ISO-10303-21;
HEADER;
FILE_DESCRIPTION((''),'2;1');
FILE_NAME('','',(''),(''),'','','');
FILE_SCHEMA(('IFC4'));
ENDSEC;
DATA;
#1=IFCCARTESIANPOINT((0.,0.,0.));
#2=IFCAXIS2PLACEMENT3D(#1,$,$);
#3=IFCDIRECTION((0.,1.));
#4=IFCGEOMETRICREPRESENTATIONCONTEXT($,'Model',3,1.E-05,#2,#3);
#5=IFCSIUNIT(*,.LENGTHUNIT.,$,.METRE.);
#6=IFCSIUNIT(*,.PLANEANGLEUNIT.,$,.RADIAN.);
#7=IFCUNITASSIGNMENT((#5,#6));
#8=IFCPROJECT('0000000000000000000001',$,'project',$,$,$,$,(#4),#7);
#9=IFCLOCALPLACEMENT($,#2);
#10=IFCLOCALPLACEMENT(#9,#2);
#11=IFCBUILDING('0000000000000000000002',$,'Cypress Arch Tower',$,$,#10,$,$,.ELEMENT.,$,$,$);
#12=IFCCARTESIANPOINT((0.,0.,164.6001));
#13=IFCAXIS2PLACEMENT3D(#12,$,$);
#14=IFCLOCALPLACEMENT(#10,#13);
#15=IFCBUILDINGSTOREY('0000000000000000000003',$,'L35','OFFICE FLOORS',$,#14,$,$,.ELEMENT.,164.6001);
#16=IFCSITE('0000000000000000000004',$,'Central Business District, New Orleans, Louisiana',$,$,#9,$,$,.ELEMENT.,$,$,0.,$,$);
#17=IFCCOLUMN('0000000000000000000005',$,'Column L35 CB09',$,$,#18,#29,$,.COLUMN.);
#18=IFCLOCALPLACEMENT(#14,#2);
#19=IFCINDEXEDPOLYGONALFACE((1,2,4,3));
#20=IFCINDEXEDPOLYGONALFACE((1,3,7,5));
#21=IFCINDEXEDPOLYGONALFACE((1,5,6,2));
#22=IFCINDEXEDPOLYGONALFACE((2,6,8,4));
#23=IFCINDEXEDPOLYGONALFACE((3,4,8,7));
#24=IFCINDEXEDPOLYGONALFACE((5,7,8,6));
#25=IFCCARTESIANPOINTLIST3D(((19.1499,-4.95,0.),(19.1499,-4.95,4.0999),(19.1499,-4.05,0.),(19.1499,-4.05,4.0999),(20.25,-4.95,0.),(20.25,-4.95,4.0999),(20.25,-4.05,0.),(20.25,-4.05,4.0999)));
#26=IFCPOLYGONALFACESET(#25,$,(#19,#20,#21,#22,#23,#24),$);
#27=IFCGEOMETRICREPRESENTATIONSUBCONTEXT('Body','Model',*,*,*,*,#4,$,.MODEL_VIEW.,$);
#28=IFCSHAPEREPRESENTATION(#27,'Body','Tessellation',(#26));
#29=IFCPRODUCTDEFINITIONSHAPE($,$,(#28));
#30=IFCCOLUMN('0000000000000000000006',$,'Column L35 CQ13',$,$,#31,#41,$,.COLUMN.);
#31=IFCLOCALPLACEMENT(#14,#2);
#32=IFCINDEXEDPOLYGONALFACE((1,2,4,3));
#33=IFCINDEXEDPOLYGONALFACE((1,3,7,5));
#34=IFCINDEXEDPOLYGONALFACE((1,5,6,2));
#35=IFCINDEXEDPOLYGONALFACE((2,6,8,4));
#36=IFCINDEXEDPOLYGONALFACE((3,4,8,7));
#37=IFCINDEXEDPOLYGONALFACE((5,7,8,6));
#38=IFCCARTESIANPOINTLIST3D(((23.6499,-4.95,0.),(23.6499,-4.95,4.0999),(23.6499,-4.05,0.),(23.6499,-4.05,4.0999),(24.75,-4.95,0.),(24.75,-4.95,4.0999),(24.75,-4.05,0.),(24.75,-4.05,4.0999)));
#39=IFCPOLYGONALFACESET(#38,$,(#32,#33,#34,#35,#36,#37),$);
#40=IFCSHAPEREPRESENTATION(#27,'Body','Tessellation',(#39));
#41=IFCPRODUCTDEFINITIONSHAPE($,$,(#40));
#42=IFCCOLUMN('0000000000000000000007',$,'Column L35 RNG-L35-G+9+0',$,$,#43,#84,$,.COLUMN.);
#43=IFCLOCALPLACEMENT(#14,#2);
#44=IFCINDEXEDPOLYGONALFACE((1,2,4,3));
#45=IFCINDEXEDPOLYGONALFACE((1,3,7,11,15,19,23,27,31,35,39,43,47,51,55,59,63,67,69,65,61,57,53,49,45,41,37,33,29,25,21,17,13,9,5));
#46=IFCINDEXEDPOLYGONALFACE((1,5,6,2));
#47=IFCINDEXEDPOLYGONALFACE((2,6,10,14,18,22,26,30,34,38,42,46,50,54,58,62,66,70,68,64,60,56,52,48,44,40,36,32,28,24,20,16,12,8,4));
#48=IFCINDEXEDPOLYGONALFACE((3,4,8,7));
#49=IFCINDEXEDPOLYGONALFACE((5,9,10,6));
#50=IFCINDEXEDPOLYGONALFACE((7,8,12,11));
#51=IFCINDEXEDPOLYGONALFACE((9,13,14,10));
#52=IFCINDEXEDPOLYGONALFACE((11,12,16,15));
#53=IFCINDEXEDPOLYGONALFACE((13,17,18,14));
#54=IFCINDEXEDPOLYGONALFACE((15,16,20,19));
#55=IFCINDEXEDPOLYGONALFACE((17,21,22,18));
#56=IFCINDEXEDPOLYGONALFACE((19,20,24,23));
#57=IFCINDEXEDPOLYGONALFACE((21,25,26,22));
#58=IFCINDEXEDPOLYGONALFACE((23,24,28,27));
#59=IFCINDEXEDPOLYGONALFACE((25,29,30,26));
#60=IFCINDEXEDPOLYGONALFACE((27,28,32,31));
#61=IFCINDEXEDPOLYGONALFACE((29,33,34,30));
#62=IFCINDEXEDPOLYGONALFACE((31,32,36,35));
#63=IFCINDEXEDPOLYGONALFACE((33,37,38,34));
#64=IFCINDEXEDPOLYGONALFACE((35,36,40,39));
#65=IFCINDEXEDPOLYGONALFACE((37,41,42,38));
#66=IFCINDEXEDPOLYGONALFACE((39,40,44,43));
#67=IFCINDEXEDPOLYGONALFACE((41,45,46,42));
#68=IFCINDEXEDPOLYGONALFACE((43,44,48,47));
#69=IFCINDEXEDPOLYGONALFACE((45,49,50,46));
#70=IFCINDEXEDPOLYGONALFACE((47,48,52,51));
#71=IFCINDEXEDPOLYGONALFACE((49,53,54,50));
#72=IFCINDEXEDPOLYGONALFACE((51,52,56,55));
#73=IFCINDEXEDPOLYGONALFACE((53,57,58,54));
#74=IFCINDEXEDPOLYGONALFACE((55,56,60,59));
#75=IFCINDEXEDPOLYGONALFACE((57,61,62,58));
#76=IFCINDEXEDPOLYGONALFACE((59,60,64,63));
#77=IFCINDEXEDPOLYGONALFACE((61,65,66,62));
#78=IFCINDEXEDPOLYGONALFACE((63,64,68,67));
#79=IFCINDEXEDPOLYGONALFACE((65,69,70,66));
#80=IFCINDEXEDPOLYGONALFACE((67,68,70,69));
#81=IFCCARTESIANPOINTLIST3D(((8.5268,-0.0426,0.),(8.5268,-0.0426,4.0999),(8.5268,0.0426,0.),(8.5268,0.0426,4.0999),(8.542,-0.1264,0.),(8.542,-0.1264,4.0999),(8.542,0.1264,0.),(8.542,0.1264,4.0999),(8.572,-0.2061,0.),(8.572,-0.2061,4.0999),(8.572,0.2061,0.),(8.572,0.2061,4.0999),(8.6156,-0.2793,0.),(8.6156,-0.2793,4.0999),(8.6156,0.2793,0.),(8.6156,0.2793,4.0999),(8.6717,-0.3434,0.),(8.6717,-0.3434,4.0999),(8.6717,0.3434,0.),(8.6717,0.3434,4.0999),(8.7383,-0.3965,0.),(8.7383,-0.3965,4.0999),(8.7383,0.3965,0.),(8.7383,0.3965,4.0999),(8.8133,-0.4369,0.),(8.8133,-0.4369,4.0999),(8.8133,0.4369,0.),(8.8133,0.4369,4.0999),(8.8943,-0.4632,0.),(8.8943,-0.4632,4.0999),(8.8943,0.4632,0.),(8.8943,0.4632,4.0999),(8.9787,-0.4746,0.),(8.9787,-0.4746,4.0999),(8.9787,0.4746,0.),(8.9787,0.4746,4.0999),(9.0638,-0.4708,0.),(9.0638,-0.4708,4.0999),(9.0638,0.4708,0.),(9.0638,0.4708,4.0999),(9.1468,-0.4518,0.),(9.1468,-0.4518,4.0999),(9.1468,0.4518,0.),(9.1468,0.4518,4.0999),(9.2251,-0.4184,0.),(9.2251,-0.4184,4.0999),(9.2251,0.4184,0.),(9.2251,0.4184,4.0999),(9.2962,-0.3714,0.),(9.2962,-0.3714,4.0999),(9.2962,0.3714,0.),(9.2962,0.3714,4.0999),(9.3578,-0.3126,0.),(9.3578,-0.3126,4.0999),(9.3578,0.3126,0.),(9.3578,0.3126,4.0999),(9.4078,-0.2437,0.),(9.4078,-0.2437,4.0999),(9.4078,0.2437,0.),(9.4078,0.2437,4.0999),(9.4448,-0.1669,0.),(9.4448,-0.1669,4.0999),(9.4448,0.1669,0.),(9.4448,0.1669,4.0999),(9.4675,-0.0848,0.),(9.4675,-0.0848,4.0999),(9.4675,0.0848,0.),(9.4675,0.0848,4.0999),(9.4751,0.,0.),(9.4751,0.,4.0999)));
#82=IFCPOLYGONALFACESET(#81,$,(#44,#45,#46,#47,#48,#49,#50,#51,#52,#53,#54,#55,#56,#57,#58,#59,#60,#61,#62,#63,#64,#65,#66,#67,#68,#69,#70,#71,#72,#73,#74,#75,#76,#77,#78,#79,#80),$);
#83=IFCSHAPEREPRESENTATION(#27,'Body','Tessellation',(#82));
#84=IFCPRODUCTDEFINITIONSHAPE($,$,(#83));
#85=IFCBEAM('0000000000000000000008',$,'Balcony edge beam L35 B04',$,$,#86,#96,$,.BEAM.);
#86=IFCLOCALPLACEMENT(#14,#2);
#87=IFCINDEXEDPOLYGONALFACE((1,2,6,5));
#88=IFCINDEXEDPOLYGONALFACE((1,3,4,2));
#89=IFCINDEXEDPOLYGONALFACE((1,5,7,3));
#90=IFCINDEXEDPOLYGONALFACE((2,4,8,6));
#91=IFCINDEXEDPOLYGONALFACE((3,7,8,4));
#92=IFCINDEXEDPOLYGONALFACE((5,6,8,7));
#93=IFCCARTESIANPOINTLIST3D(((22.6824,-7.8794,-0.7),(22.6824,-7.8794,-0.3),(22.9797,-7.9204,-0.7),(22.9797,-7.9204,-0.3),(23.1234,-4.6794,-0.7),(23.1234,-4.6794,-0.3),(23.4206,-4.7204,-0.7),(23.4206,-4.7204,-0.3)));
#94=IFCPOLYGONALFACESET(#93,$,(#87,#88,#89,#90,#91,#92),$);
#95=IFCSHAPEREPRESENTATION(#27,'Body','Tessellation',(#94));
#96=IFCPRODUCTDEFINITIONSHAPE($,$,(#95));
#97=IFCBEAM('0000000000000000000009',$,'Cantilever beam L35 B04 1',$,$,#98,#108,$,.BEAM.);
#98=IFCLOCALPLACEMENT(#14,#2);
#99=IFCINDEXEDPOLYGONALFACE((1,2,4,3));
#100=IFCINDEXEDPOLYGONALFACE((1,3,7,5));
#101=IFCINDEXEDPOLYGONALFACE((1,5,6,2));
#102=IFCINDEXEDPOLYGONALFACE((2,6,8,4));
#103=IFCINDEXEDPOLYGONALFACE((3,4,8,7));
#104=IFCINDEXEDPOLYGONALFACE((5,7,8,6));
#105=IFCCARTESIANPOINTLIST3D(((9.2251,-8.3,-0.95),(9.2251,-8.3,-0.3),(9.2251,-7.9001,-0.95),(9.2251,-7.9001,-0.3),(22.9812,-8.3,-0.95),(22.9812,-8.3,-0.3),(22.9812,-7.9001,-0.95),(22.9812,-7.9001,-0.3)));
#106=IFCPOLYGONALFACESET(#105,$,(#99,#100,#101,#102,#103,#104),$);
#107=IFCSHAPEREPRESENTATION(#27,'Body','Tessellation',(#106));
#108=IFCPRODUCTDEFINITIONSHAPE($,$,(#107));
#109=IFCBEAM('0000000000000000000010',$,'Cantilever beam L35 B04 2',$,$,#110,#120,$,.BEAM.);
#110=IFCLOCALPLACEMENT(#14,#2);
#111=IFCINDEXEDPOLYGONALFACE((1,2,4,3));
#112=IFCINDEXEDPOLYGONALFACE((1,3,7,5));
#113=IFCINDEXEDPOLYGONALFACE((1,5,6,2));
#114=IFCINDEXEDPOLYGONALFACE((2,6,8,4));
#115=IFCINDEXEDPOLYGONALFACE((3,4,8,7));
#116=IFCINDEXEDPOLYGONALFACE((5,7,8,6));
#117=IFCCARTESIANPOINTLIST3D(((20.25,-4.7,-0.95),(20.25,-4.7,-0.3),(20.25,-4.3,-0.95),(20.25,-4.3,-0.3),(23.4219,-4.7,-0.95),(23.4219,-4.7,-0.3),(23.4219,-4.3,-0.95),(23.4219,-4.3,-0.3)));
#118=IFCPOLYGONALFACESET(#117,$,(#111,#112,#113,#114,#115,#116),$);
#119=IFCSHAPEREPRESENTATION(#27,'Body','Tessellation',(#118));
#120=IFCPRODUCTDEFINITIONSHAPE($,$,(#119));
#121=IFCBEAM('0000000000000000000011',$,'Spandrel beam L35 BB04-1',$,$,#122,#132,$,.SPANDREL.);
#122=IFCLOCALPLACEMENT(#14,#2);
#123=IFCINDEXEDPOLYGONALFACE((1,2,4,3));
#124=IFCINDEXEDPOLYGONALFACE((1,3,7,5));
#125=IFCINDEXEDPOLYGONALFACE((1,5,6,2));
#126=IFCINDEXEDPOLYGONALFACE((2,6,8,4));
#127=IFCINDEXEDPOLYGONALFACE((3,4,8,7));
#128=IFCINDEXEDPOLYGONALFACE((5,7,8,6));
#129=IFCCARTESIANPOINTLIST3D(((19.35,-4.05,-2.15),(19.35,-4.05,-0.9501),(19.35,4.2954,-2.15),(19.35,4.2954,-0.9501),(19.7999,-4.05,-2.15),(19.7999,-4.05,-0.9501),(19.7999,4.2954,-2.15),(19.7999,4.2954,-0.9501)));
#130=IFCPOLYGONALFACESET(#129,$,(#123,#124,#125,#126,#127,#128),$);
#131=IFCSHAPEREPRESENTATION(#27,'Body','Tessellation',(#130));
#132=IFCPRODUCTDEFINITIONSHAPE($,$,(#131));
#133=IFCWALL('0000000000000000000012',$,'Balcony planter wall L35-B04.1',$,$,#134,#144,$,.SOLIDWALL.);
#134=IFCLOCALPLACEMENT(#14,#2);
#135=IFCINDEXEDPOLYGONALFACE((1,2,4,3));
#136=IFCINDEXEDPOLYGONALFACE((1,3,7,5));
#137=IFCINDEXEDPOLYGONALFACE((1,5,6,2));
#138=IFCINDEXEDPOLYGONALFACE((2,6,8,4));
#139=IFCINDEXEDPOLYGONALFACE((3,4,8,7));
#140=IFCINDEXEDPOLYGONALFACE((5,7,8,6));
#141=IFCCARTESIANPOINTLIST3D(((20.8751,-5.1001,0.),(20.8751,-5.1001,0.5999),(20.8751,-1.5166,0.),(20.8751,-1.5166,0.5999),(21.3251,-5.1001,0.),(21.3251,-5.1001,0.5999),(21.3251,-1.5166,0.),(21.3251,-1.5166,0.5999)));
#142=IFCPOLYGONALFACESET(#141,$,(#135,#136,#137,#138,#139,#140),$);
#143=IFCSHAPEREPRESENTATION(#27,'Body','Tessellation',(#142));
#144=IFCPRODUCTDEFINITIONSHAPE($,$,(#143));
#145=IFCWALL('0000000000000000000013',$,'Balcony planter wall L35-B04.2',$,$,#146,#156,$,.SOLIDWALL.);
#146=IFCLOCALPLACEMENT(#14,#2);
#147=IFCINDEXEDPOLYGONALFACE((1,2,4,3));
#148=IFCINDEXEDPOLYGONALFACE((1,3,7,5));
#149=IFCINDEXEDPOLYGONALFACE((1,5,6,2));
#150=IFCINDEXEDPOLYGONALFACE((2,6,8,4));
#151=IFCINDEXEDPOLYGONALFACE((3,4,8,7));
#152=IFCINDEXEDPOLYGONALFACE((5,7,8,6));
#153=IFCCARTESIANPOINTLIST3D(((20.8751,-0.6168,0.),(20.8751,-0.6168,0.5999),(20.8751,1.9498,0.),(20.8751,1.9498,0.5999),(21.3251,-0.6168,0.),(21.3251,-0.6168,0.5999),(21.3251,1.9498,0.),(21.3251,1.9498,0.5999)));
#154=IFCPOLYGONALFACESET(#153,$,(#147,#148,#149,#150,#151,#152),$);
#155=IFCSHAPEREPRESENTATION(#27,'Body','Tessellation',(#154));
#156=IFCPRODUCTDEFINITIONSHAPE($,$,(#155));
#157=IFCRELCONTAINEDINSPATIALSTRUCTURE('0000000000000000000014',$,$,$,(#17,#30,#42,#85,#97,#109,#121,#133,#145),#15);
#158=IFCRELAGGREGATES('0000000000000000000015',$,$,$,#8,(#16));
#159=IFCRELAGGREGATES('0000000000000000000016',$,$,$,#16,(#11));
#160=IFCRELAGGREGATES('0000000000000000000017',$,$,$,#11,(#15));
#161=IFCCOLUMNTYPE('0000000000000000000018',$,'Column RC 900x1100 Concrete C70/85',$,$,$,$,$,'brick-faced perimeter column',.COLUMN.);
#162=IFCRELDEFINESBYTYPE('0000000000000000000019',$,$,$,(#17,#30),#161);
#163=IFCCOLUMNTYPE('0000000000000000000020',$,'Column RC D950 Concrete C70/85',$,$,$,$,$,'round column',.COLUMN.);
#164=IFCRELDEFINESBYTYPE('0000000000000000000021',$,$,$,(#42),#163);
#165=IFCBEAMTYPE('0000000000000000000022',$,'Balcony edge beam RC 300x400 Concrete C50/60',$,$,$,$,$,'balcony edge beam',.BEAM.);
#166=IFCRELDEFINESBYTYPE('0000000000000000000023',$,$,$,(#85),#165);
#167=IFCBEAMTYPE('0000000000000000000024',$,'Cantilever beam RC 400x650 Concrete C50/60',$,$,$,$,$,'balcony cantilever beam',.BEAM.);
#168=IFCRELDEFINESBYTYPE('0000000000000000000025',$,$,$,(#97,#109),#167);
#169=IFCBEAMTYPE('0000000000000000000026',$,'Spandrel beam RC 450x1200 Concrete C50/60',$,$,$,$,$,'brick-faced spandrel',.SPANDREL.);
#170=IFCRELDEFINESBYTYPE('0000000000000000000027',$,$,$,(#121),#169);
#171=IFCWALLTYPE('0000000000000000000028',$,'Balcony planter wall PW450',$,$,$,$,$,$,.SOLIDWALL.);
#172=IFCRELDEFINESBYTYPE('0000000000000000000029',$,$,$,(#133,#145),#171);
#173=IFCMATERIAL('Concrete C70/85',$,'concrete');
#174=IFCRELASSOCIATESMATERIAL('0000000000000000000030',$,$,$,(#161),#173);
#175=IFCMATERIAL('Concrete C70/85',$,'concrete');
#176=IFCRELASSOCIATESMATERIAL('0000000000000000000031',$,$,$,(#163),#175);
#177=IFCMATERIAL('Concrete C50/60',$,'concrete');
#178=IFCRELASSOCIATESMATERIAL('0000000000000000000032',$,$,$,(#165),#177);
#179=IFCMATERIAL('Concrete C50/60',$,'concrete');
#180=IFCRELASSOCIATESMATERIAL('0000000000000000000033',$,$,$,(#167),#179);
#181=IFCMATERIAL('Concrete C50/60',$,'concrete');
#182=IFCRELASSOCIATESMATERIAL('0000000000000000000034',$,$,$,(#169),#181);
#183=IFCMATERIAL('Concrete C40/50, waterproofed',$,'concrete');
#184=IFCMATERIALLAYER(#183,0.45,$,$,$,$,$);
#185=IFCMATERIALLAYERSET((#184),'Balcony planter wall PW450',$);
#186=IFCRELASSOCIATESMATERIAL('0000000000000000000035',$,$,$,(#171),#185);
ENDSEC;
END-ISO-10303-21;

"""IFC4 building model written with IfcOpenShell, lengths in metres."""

from ifc_helpers import new_model, si_unit, direction, frame, frame_2d, origin, origin_2d, place, context, subcontext, project, spatial, rectangle, circle, extrude, material, layer, layer_set, material_profile, profile_set, type_object, element, save


model = new_model("IFC4")

# Units and contexts
model_context = context("Model", 3, precision=1e-05, world=origin(), true_north=direction((0.0, 1.0)))
body_context = subcontext(model_context, "Body", "Model", "MODEL_VIEW")
ifc_project = project(units=[si_unit("LENGTHUNIT", "METRE"), si_unit("PLANEANGLEUNIT", "RADIAN")], contexts=[model_context])

# Site, building, storey
site_placement = place(None, origin())
site = spatial("IfcSite", under=ifc_project, at=site_placement, Name="Central Business District, New Orleans, Louisiana", CompositionType="ELEMENT", RefElevation=0.0)
building_placement = place(site_placement, origin())
building = spatial("IfcBuilding", under=site, at=building_placement, Name="Cypress Arch Tower", CompositionType="ELEMENT")
storey_placement = place(building_placement, frame((0.0, 0.0, 164.6001)))
storey = spatial("IfcBuildingStorey", under=building, at=storey_placement, Name="L35", Description="OFFICE FLOORS", CompositionType="ELEMENT", Elevation=164.6001)

# Columns
ifc_material_1 = material(Name="Concrete C70/85", Category="concrete")
ifc_material_profile_1 = material_profile(ifc_material_1, rectangle(XDim=0.8999, YDim=1.1001, at=origin_2d()), Name="RC 900x1100")
ifc_profile_set_1 = profile_set([ifc_material_profile_1], Name="Concrete C70/85")
column_type_1 = type_object("IfcColumnType", Name="Column RC 900x1100 Concrete C70/85", ElementType="brick-faced perimeter column", PredefinedType="COLUMN", material=ifc_profile_set_1)
for number, where, z_axis, x_axis, name in (
    (1, (19.7, -4.5, 0.0), (0.0, 0.0, 1.0), (0.0, 1.0, 0.0), "Column L35 CB09"),
    (2, (24.2, -4.5, 0.0), (0.0, 0.0, 1.0), (0.0, 1.0, 0.0), "Column L35 CQ13"),
):
    element("IfcColumn", number, at=place(storey_placement, frame(where, z_axis=z_axis, x_axis=x_axis)), inside=storey, type_object=column_type_1, Name=name, PredefinedType="COLUMN", context=body_context, shape_type="SweptSolid", body=[
        extrude(rectangle(XDim=0.8999, YDim=1.1001, at=origin_2d()), origin(), (0.0, 0.0, 1.0), 4.0999),
    ])
ifc_material_2 = material(Name="Concrete C70/85", Category="concrete")
ifc_material_profile_2 = material_profile(ifc_material_2, circle(Radius=0.4751, at=origin_2d()), Name="RC D950")
ifc_profile_set_2 = profile_set([ifc_material_profile_2], Name="Concrete C70/85")
column_type_2 = type_object("IfcColumnType", Name="Column RC D950 Concrete C70/85", ElementType="round column", PredefinedType="COLUMN", material=ifc_profile_set_2)
column_placement = place(storey_placement, frame((9.0, 0.0, 0.0), z_axis=(0.0, 0.0, 1.0), x_axis=(1.0, 0.0, 0.0)))
element("IfcColumn", 3, at=column_placement, inside=storey, type_object=column_type_2, Name="Column L35 RNG-L35-G+9+0", PredefinedType="COLUMN", context=body_context, shape_type="SweptSolid", body=[
    extrude(circle(Radius=0.4751, at=origin_2d()), origin(), (0.0, 0.0, 1.0), 4.0999),
])

# Beams
ifc_material_3 = material(Name="Concrete C50/60", Category="concrete")
ifc_material_profile_3 = material_profile(ifc_material_3, rectangle(XDim=0.3, YDim=0.3999, at=origin_2d()), Name="RC 300x400")
ifc_profile_set_3 = profile_set([ifc_material_profile_3], Name="Concrete C50/60")
beam_type_1 = type_object("IfcBeamType", Name="Balcony edge beam RC 300x400 Concrete C50/60", ElementType="balcony edge beam", PredefinedType="BEAM", material=ifc_profile_set_3)
beam_1_placement = place(storey_placement, frame((22.8311, -7.8999, -0.5), z_axis=(0.136499, 0.99064, 0.0), x_axis=(-0.99064, 0.136499, 0.0)))
element("IfcBeam", 4, at=beam_1_placement, inside=storey, type_object=beam_type_1, Name="Balcony edge beam L35 B04", PredefinedType="BEAM", context=body_context, shape_type="SweptSolid", body=[
    extrude(rectangle(XDim=0.3, YDim=0.3999, at=origin_2d()), origin(), (0.0, 0.0, 1.0), 3.2302),
])
ifc_material_4 = material(Name="Concrete C50/60", Category="concrete")
ifc_material_profile_4 = material_profile(ifc_material_4, rectangle(XDim=0.3999, YDim=0.6499, at=origin_2d()), Name="RC 400x650")
ifc_profile_set_4 = profile_set([ifc_material_profile_4], Name="Concrete C50/60")
beam_type_2 = type_object("IfcBeamType", Name="Cantilever beam RC 400x650 Concrete C50/60", ElementType="balcony cantilever beam", PredefinedType="BEAM", material=ifc_profile_set_4)
beam_2_placement = place(storey_placement, frame((9.2251, -8.1001, -0.625), z_axis=(1.0, 0.0, 0.0), x_axis=(0.0, 1.0, 0.0)))
element("IfcBeam", 5, at=beam_2_placement, inside=storey, type_object=beam_type_2, Name="Cantilever beam L35 B04 1", PredefinedType="BEAM", context=body_context, shape_type="SweptSolid", body=[
    extrude(rectangle(XDim=0.3999, YDim=0.6499, at=origin_2d()), origin(), (0.0, 0.0, 1.0), 13.7561),
])
beam_3_placement = place(storey_placement, frame((20.25, -4.5, -0.625), z_axis=(1.0, 0.0, 0.0), x_axis=(0.0, 1.0, 0.0)))
element("IfcBeam", 6, at=beam_3_placement, inside=storey, type_object=beam_type_2, Name="Cantilever beam L35 B04 2", PredefinedType="BEAM", context=body_context, shape_type="SweptSolid", body=[
    extrude(rectangle(XDim=0.3999, YDim=0.6499, at=origin_2d()), origin(), (0.0, 0.0, 1.0), 3.1719),
])
ifc_material_5 = material(Name="Concrete C50/60", Category="concrete")
ifc_material_profile_5 = material_profile(ifc_material_5, rectangle(XDim=0.45, YDim=1.2, at=origin_2d()), Name="RC 450x1200")
ifc_profile_set_5 = profile_set([ifc_material_profile_5], Name="Concrete C50/60")
beam_type_3 = type_object("IfcBeamType", Name="Spandrel beam RC 450x1200 Concrete C50/60", ElementType="brick-faced spandrel", PredefinedType="SPANDREL", material=ifc_profile_set_5)
beam_4_placement = place(storey_placement, frame((19.575, -4.05, -1.55), z_axis=(0.0, 1.0, 0.0), x_axis=(-1.0, 0.0, 0.0)))
element("IfcBeam", 7, at=beam_4_placement, inside=storey, type_object=beam_type_3, Name="Spandrel beam L35 BB04-1", PredefinedType="SPANDREL", context=body_context, shape_type="SweptSolid", body=[
    extrude(rectangle(XDim=0.45, YDim=1.2, at=origin_2d()), origin(), (0.0, 0.0, 1.0), 8.3455),
])

# Walls
ifc_material_6 = material(Name="Concrete C40/50, waterproofed", Category="concrete")
ifc_layer_1 = layer(ifc_material_6, 0.45)
ifc_layer_set_1 = layer_set([ifc_layer_1], Name="Balcony planter wall PW450")
wall_type_1 = type_object("IfcWallType", Name="Balcony planter wall PW450", PredefinedType="SOLIDWALL", material=ifc_layer_set_1)
wall_1_placement = place(storey_placement, frame((21.1001, -5.1001, 0.0), z_axis=(0.0, 0.0, 1.0), x_axis=(0.0, 1.0, 0.0)))
element("IfcWall", 8, at=wall_1_placement, inside=storey, type_object=wall_type_1, Name="Balcony planter wall L35-B04.1", PredefinedType="SOLIDWALL", context=body_context, shape_type="SweptSolid", body=[
    extrude(rectangle(XDim=3.5835, YDim=0.45, at=frame_2d((1.7917, 0.0))), origin(), (0.0, 0.0, 1.0), 0.5999),
])
wall_2_placement = place(storey_placement, frame((21.1001, -0.6167, 0.0), z_axis=(0.0, 0.0, 1.0), x_axis=(0.0, 1.0, 0.0)))
element("IfcWall", 9, at=wall_2_placement, inside=storey, type_object=wall_type_1, Name="Balcony planter wall L35-B04.2", PredefinedType="SOLIDWALL", context=body_context, shape_type="SweptSolid", body=[
    extrude(rectangle(XDim=2.5667, YDim=0.45, at=frame_2d((1.2832, 0.0))), origin(), (0.0, 0.0, 1.0), 0.5999),
])

save(model, "model.ifc")
